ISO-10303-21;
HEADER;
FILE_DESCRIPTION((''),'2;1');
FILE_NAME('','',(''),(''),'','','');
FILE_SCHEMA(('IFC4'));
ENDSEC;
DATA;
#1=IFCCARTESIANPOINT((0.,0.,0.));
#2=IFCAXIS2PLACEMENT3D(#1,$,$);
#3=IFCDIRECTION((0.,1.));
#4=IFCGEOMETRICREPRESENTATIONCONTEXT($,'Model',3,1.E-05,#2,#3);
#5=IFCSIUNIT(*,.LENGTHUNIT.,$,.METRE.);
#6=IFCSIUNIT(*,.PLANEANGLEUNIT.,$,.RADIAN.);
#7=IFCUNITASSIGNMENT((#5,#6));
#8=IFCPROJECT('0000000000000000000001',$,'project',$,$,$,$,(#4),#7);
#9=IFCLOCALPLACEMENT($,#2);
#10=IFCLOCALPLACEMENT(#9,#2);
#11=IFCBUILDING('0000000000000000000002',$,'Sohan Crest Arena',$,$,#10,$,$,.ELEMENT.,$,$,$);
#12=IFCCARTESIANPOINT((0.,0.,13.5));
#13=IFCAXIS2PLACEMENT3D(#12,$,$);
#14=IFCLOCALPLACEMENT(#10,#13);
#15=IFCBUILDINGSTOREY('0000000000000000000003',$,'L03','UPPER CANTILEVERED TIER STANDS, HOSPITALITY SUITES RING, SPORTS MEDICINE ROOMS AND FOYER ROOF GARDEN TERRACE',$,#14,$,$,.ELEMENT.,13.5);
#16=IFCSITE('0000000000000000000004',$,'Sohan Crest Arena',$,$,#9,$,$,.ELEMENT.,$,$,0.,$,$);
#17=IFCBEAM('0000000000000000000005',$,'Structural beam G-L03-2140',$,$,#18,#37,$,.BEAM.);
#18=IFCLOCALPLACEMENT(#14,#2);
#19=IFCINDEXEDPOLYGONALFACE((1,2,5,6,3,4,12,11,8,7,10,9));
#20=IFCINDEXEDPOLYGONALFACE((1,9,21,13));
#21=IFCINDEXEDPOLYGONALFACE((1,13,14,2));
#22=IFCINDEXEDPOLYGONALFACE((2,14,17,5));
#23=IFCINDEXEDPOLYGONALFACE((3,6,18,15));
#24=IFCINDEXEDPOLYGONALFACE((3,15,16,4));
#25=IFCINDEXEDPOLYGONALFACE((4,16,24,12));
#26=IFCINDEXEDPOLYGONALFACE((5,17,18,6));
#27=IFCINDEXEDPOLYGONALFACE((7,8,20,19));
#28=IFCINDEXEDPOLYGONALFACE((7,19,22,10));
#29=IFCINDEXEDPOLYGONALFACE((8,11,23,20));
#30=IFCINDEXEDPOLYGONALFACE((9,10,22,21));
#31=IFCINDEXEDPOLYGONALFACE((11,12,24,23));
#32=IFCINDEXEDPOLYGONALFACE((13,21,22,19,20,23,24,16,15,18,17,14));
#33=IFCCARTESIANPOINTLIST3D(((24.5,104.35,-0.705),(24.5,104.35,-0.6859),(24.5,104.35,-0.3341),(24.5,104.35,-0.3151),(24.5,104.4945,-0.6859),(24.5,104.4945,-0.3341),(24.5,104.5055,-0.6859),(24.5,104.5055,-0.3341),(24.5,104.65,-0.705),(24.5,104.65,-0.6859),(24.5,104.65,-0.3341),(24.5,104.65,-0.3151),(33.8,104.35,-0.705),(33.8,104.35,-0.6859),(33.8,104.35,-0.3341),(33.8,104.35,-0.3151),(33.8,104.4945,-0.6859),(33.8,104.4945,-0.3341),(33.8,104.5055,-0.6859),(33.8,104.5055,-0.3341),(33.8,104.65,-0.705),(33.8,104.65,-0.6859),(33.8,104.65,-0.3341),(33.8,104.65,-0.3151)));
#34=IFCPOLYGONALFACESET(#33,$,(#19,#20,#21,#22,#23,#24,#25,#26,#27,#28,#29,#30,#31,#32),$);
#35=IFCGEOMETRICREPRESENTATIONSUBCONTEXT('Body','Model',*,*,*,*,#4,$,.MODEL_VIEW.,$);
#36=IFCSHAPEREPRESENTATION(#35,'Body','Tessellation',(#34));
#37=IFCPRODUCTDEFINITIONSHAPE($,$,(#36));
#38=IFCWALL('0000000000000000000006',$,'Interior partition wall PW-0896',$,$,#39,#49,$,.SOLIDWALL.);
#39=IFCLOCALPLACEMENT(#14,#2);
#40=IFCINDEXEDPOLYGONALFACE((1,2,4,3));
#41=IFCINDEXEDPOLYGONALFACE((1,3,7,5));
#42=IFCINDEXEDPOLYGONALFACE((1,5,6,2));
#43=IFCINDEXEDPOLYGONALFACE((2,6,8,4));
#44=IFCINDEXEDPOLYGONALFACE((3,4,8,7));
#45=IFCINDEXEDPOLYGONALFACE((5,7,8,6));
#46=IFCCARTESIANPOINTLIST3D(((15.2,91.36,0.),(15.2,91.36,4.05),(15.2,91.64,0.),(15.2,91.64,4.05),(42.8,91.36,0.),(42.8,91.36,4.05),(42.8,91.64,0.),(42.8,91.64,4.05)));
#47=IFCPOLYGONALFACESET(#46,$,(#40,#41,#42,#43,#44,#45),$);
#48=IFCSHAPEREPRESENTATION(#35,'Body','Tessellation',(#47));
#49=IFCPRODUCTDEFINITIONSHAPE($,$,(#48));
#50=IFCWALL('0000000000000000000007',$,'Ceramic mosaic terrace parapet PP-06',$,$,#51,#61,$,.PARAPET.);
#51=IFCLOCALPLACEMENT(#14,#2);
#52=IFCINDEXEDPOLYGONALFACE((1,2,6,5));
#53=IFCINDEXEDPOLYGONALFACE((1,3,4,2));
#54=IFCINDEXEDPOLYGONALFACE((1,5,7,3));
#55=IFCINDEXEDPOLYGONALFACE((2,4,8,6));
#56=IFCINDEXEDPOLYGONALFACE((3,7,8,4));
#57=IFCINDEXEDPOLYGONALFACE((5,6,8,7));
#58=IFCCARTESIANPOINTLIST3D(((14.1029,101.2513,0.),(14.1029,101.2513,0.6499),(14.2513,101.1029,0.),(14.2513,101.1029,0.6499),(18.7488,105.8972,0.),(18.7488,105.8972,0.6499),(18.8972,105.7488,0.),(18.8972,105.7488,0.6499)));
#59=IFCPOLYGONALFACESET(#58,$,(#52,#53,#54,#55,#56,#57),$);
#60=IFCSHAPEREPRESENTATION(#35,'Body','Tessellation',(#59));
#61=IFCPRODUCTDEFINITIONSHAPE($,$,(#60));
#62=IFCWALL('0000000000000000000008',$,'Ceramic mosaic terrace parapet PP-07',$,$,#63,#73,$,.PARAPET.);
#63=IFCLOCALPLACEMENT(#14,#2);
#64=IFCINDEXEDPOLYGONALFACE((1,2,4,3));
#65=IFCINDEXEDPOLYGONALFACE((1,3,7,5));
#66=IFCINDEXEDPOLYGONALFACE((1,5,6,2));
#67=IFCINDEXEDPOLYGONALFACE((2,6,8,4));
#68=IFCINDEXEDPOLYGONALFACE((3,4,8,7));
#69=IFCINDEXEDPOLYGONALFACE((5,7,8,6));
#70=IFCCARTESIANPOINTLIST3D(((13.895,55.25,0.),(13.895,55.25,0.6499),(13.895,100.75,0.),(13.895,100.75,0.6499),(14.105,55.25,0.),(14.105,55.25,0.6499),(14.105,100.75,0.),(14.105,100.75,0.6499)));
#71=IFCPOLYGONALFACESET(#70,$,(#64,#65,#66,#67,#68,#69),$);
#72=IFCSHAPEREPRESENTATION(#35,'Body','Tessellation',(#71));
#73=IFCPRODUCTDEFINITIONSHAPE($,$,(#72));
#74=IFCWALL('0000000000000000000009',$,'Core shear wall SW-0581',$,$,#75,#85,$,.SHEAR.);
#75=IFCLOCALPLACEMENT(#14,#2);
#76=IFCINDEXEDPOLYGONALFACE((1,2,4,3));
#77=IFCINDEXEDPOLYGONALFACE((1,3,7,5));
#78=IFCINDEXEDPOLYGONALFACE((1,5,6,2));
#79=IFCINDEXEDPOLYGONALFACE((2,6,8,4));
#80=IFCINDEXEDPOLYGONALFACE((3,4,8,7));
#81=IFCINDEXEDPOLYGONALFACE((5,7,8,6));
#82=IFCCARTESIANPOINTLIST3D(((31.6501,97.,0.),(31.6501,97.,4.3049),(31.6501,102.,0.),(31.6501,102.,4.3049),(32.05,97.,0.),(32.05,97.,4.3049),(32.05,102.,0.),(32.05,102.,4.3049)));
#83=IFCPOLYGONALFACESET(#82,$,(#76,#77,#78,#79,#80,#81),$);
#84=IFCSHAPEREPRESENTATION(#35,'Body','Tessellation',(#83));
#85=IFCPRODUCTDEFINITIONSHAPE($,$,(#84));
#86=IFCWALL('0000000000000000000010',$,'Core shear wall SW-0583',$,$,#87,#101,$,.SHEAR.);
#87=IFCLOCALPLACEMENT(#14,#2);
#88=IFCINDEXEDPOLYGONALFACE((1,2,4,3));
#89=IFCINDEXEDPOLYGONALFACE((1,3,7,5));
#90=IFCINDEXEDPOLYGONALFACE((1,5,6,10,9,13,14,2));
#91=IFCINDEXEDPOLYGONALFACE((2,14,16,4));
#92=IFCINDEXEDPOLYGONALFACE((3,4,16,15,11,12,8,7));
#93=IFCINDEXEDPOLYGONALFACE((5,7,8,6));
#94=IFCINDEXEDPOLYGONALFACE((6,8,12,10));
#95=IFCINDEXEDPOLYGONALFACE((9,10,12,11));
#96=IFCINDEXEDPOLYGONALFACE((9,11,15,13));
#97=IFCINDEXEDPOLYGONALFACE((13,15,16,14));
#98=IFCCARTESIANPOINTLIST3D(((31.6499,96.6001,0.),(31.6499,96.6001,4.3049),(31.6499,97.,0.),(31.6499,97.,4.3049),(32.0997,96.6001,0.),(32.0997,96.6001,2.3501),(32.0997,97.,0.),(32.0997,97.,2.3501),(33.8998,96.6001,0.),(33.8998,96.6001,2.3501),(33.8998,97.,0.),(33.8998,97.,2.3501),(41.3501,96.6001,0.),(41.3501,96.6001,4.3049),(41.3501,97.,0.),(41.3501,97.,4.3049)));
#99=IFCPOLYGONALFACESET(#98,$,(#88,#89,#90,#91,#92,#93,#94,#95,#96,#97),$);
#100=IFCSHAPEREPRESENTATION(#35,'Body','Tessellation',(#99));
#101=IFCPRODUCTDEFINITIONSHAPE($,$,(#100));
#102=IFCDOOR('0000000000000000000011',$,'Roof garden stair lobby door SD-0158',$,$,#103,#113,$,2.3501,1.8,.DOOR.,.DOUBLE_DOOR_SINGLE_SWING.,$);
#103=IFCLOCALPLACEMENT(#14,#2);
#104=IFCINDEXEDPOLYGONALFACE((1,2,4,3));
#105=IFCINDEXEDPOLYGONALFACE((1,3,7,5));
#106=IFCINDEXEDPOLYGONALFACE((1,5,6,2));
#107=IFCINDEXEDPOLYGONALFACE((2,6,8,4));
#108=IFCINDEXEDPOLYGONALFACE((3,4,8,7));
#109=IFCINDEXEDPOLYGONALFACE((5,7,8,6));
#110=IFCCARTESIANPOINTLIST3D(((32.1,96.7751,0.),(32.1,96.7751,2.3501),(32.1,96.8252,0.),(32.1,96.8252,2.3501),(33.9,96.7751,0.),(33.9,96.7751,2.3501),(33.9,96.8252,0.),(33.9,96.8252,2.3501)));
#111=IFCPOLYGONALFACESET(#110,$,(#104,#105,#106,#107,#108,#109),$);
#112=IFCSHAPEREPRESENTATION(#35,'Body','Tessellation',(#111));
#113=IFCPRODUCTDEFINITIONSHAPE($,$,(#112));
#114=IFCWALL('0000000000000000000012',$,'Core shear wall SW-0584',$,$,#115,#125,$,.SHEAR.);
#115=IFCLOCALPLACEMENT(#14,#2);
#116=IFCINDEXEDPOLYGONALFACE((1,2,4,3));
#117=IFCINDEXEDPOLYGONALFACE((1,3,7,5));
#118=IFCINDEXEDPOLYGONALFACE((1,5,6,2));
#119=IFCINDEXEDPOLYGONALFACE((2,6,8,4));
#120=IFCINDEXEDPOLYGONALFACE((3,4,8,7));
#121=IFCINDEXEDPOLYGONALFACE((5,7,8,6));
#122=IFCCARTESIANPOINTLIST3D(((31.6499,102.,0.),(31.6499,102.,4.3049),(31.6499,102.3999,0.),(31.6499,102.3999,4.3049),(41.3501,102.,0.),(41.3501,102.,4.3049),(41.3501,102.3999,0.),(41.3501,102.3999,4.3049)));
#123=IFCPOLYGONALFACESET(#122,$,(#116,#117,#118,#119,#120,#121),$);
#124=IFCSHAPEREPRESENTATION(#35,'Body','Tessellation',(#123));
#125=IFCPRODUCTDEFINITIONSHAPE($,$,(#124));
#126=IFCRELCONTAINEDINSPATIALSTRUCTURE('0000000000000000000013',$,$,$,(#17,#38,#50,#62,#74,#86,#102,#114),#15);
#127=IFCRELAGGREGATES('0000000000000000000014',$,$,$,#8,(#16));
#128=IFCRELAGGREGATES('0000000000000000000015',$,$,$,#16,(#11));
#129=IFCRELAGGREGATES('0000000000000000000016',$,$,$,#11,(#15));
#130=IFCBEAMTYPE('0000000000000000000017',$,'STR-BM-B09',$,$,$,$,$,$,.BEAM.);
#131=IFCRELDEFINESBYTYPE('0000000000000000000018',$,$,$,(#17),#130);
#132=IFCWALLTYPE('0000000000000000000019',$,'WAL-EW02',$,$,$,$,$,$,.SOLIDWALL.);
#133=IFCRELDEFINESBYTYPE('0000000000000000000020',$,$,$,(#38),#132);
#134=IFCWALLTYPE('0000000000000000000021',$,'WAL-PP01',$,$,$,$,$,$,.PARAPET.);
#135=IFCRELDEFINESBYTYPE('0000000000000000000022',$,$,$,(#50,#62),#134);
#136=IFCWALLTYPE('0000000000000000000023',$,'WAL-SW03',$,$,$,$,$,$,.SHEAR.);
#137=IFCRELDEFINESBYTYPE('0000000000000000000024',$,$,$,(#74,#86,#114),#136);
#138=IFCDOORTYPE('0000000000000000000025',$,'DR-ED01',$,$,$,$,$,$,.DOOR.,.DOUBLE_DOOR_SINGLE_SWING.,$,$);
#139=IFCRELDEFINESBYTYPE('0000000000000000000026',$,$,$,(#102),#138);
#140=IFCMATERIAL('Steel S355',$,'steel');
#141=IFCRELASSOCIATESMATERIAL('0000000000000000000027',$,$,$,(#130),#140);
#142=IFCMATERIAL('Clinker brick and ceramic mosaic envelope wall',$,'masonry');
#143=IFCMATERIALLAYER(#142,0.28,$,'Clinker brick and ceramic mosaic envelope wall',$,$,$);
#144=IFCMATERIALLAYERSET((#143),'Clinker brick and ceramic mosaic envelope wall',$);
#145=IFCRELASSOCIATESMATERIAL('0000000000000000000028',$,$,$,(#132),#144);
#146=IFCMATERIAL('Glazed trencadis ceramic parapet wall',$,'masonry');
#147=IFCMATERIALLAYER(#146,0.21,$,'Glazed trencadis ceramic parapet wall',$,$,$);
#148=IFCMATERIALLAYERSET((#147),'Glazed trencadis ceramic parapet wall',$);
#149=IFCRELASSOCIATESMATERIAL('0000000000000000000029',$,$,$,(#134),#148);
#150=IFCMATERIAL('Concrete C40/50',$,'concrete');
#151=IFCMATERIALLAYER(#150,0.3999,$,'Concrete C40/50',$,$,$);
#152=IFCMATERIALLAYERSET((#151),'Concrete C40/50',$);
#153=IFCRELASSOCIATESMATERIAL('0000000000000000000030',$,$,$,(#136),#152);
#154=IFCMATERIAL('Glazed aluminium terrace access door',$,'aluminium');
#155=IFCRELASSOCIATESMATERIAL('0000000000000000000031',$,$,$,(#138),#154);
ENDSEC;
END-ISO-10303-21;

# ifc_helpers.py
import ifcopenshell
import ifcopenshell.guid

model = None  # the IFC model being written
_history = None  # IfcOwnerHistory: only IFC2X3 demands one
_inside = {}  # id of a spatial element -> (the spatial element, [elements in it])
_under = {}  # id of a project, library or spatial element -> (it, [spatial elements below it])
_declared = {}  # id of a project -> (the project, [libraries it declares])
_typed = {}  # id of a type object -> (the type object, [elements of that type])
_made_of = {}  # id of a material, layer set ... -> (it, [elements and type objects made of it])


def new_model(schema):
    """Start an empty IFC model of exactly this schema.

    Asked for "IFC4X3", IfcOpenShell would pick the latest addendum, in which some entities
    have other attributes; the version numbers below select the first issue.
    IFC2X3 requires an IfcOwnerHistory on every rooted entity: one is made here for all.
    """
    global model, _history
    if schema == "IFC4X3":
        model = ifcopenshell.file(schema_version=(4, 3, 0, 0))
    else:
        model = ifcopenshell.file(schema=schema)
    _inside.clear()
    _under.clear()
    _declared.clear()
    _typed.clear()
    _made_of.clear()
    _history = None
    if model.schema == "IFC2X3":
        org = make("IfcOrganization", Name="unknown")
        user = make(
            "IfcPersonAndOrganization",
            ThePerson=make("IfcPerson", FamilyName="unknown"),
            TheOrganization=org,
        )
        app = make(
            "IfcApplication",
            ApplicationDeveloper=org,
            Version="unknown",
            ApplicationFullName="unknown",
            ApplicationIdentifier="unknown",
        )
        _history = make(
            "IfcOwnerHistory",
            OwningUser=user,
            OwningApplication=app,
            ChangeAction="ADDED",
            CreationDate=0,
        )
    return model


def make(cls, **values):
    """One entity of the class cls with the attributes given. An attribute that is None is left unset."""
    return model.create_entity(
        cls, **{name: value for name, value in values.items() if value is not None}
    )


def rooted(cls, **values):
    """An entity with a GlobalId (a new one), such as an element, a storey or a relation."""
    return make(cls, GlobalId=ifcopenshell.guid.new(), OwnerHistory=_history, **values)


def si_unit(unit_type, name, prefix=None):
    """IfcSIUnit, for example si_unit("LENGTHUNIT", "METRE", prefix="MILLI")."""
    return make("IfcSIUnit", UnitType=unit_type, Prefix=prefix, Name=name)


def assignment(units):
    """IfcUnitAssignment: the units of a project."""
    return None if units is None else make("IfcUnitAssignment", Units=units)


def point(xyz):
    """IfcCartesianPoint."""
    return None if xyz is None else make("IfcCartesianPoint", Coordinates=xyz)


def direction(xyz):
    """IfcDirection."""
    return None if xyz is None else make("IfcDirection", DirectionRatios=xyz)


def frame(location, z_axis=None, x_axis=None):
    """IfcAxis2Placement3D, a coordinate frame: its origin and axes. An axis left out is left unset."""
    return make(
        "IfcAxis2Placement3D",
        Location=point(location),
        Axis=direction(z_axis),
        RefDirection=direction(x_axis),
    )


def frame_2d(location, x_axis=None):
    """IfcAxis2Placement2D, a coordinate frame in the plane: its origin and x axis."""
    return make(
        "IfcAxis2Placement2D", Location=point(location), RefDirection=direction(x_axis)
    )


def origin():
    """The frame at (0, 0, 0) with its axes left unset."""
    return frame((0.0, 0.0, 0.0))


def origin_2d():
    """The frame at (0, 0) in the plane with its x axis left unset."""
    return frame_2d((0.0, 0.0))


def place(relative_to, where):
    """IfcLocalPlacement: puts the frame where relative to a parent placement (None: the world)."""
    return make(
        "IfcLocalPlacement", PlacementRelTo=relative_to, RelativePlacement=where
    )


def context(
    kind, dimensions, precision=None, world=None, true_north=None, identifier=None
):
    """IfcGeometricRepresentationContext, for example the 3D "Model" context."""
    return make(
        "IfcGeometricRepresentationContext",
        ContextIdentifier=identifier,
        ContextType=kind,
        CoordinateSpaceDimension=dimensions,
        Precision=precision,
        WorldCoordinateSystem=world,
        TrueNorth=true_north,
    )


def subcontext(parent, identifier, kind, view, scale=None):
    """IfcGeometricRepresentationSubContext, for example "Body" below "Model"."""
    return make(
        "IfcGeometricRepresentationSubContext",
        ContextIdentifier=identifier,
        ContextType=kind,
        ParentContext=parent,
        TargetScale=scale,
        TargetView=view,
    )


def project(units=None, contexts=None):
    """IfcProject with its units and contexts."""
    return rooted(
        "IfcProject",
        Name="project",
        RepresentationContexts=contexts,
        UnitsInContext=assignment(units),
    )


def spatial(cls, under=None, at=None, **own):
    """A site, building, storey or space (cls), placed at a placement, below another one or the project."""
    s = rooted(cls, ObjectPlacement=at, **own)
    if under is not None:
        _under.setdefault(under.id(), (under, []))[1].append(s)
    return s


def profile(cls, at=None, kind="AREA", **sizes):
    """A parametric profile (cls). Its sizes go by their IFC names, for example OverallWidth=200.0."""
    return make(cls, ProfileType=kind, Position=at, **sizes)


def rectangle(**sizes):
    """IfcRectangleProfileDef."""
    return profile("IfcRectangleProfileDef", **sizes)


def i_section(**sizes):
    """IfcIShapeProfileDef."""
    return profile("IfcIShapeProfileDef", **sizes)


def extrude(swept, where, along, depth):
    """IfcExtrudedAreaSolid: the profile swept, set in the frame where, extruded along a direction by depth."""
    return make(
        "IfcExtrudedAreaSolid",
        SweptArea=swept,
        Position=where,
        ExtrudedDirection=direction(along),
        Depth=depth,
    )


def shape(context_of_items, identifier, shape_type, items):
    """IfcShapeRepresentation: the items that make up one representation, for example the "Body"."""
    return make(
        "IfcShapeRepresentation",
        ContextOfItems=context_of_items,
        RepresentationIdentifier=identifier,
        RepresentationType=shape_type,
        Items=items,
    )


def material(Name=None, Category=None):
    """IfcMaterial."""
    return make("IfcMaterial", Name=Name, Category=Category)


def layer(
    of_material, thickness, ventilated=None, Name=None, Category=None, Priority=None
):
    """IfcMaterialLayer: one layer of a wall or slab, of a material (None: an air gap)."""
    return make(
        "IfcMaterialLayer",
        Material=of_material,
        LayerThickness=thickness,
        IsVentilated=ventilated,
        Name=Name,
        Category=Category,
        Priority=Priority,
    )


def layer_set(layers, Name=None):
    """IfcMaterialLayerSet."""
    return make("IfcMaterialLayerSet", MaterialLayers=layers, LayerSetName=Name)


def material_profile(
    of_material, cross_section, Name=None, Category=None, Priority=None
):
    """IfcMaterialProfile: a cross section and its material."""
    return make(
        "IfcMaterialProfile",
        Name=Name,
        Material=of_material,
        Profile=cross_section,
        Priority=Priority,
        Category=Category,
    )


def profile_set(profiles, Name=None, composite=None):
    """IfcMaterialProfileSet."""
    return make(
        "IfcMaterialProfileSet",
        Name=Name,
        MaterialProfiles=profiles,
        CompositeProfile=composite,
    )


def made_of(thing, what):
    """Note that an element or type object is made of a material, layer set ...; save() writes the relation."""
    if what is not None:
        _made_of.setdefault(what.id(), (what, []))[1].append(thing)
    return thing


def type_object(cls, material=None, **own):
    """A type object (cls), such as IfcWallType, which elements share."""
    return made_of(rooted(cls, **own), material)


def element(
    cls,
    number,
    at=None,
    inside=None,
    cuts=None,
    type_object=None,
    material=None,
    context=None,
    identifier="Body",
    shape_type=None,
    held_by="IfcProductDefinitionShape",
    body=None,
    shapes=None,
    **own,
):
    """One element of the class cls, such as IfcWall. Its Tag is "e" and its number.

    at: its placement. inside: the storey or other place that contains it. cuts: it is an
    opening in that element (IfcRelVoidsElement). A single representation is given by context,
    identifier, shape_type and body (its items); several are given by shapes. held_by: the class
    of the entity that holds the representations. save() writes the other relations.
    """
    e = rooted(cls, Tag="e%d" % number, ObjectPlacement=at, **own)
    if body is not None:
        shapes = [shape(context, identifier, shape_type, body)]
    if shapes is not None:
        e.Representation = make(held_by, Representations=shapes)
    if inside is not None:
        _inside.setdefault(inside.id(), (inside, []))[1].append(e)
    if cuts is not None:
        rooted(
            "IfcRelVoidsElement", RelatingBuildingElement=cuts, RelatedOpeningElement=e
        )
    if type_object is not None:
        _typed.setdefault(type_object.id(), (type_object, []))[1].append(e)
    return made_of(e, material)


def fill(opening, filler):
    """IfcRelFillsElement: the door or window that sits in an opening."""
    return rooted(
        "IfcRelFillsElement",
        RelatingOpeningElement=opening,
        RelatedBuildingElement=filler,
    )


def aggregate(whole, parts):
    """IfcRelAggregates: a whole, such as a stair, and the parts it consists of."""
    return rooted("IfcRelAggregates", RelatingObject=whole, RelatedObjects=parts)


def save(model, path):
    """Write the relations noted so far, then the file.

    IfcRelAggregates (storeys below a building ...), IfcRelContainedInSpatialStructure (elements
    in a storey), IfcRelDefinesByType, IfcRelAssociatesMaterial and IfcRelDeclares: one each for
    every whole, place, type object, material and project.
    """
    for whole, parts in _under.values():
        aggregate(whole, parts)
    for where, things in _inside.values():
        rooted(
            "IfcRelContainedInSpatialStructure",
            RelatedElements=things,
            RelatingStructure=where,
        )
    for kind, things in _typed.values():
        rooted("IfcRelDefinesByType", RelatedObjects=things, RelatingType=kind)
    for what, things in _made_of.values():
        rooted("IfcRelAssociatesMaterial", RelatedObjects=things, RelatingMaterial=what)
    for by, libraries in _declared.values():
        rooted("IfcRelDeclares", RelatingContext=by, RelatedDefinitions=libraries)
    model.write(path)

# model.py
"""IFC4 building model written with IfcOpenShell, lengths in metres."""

from ifc_helpers import new_model, si_unit, direction, frame, frame_2d, origin, origin_2d, place, context, subcontext, project, spatial, rectangle, i_section, extrude, material, layer, layer_set, material_profile, profile_set, type_object, element, fill, save


model = new_model("IFC4")

# Units and contexts
model_context = context("Model", 3, precision=1e-05, world=origin(), true_north=direction((0.0, 1.0)))
body_context = subcontext(model_context, "Body", "Model", "MODEL_VIEW")
ifc_project = project(units=[si_unit("LENGTHUNIT", "METRE"), si_unit("PLANEANGLEUNIT", "RADIAN")], contexts=[model_context])

# Site, building, storey
site_placement = place(None, origin())
site = spatial("IfcSite", under=ifc_project, at=site_placement, Name="Sohan Crest Arena", CompositionType="ELEMENT", RefElevation=0.0)
building_placement = place(site_placement, origin())
building = spatial("IfcBuilding", under=site, at=building_placement, Name="Sohan Crest Arena", CompositionType="ELEMENT")
storey_placement = place(building_placement, frame((0.0, 0.0, 13.5)))
storey = spatial("IfcBuildingStorey", under=building, at=storey_placement, Name="L03", Description="UPPER CANTILEVERED TIER STANDS, HOSPITALITY SUITES RING, SPORTS MEDICINE ROOMS AND FOYER ROOF GARDEN TERRACE", CompositionType="ELEMENT", Elevation=13.5)

# Shared definitions
ifc_material_1 = material(Name="Concrete C40/50", Category="concrete")

# Beam
ifc_material_2 = material(Name="Steel S355", Category="steel")
ifc_material_profile_1 = material_profile(ifc_material_2, i_section(OverallWidth=0.3, OverallDepth=0.3899, WebThickness=0.011, FlangeThickness=0.019, at=origin_2d()), Name="HEA 400")
ifc_profile_set_1 = profile_set([ifc_material_profile_1], Name="Steel S355")
beam_type_1 = type_object("IfcBeamType", Name="STR-BM-B09", PredefinedType="BEAM", material=ifc_profile_set_1)
beam_1_placement = place(storey_placement, frame((24.5, 104.5, -0.51), z_axis=(1.0, 0.0, 0.0), x_axis=(0.0, 1.0, 0.0)))
element("IfcBeam", 1, at=beam_1_placement, inside=storey, type_object=beam_type_1, Name="Structural beam G-L03-2140", PredefinedType="BEAM", context=body_context, shape_type="SweptSolid", body=[
    extrude(i_section(OverallWidth=0.3, OverallDepth=0.3899, WebThickness=0.011, FlangeThickness=0.019, at=origin_2d()), origin(), (0.0, 0.0, 1.0), 9.3),
])

# Walls
ifc_material_3 = material(Name="Clinker brick and ceramic mosaic envelope wall", Category="masonry")
ifc_layer_1 = layer(ifc_material_3, 0.28, Name="Clinker brick and ceramic mosaic envelope wall")
ifc_layer_set_1 = layer_set([ifc_layer_1], Name="Clinker brick and ceramic mosaic envelope wall")
wall_type_1 = type_object("IfcWallType", Name="WAL-EW02", PredefinedType="SOLIDWALL", material=ifc_layer_set_1)
wall_1_placement = place(storey_placement, frame((15.2, 91.5, 0.0), z_axis=(0.0, 0.0, 1.0), x_axis=(1.0, 0.0, 0.0)))
element("IfcWall", 2, at=wall_1_placement, inside=storey, type_object=wall_type_1, Name="Interior partition wall PW-0896", PredefinedType="SOLIDWALL", context=body_context, shape_type="SweptSolid", body=[
    extrude(rectangle(XDim=27.6001, YDim=0.28, at=frame_2d((13.8, 0.0))), origin(), (0.0, 0.0, 1.0), 4.05),
])
ifc_material_4 = material(Name="Glazed trencadis ceramic parapet wall", Category="masonry")
ifc_layer_2 = layer(ifc_material_4, 0.21, Name="Glazed trencadis ceramic parapet wall")
ifc_layer_set_2 = layer_set([ifc_layer_2], Name="Glazed trencadis ceramic parapet wall")
wall_type_2 = type_object("IfcWallType", Name="WAL-PP01", PredefinedType="PARAPET", material=ifc_layer_set_2)
wall_2_placement = place(storey_placement, frame((18.823, 105.823, 0.0), z_axis=(0.0, 0.0, 1.0), x_axis=(-0.707107, -0.707107, 0.0)))
element("IfcWall", 3, at=wall_2_placement, inside=storey, type_object=wall_type_2, Name="Ceramic mosaic terrace parapet PP-06", PredefinedType="PARAPET", context=body_context, shape_type="SweptSolid", body=[
    extrude(rectangle(XDim=6.5703, YDim=0.21, at=frame_2d((3.2852, 0.0))), origin(), (0.0, 0.0, 1.0), 0.6499),
])
wall_3_placement = place(storey_placement, frame((14.0, 100.75, 0.0), z_axis=(0.0, 0.0, 1.0), x_axis=(0.0, -1.0, 0.0)))
element("IfcWall", 4, at=wall_3_placement, inside=storey, type_object=wall_type_2, Name="Ceramic mosaic terrace parapet PP-07", PredefinedType="PARAPET", context=body_context, shape_type="SweptSolid", body=[
    extrude(rectangle(XDim=45.5, YDim=0.21, at=frame_2d((22.75, 0.0))), origin(), (0.0, 0.0, 1.0), 0.6499),
])
ifc_layer_3 = layer(ifc_material_1, 0.3999, Name="Concrete C40/50")
ifc_layer_set_3 = layer_set([ifc_layer_3], Name="Concrete C40/50")
wall_type_3 = type_object("IfcWallType", Name="WAL-SW03", PredefinedType="SHEAR", material=ifc_layer_set_3)
wall_4_placement = place(storey_placement, frame((31.8501, 97.0, 0.0), z_axis=(0.0, 0.0, 1.0), x_axis=(0.0, 1.0, 0.0)))
element("IfcWall", 5, at=wall_4_placement, inside=storey, type_object=wall_type_3, Name="Core shear wall SW-0581", PredefinedType="SHEAR", context=body_context, shape_type="SweptSolid", body=[
    extrude(rectangle(XDim=5.0, YDim=0.3999, at=frame_2d((2.5, 0.0))), origin(), (0.0, 0.0, 1.0), 4.3049),
])

# Wall, opening, door
wall_5_placement = place(storey_placement, frame((31.6499, 96.8, 0.0), z_axis=(0.0, 0.0, 1.0), x_axis=(1.0, 0.0, 0.0)))
wall_5 = element("IfcWall", 6, at=wall_5_placement, inside=storey, type_object=wall_type_3, Name="Core shear wall SW-0583", PredefinedType="SHEAR", context=body_context, shape_type="SweptSolid", body=[
    extrude(rectangle(XDim=9.7002, YDim=0.3999, at=frame_2d((4.8501, 0.0))), origin(), (0.0, 0.0, 1.0), 4.3049),
])
opening_placement = place(wall_5_placement, frame((0.45, 0.0, 0.0)))
opening = element("IfcOpeningElement", 7, at=opening_placement, cuts=wall_5, PredefinedType="OPENING", context=body_context, shape_type="SweptSolid", body=[
    extrude(rectangle(XDim=1.8, YDim=2.3501, at=frame_2d((0.8999, 1.175))), frame((0.0, 0.21, 0.0), z_axis=(0.0, -1.0, 0.0), x_axis=(1.0, 0.0, 0.0)), (0.0, 0.0, 1.0), 0.4199),
])
ifc_material_5 = material(Name="Glazed aluminium terrace access door", Category="aluminium")
door_type = type_object("IfcDoorType", Name="DR-ED01", OperationType="DOUBLE_DOOR_SINGLE_SWING", PredefinedType="DOOR", material=ifc_material_5)
door_placement = place(opening_placement, frame((1.8, 0.0, 0.0), z_axis=(0.0, 0.0, 1.0), x_axis=(-1.0, 0.0, 0.0)))
door = element("IfcDoor", 8, at=door_placement, inside=storey, type_object=door_type, Name="Roof garden stair lobby door SD-0158", OperationType="DOUBLE_DOOR_SINGLE_SWING", OverallHeight=2.3501, OverallWidth=1.8, PredefinedType="DOOR", context=body_context, shape_type="SweptSolid", body=[
    extrude(rectangle(XDim=1.8, YDim=2.3501, at=frame_2d((0.8999, 1.175))), frame((0.0, 0.0249, 0.0), z_axis=(0.0, -1.0, 0.0), x_axis=(1.0, 0.0, 0.0)), (0.0, 0.0, 1.0), 0.05),
])
fill(opening, door)

# Wall
wall_6_placement = place(storey_placement, frame((31.6499, 102.2, 0.0), z_axis=(0.0, 0.0, 1.0), x_axis=(1.0, 0.0, 0.0)))
element("IfcWall", 9, at=wall_6_placement, inside=storey, type_object=wall_type_3, Name="Core shear wall SW-0584", PredefinedType="SHEAR", context=body_context, shape_type="SweptSolid", body=[
    extrude(rectangle(XDim=9.7002, YDim=0.3999, at=frame_2d((4.8501, 0.0))), origin(), (0.0, 0.0, 1.0), 4.3049),
])

save(model, "model.ifc")
